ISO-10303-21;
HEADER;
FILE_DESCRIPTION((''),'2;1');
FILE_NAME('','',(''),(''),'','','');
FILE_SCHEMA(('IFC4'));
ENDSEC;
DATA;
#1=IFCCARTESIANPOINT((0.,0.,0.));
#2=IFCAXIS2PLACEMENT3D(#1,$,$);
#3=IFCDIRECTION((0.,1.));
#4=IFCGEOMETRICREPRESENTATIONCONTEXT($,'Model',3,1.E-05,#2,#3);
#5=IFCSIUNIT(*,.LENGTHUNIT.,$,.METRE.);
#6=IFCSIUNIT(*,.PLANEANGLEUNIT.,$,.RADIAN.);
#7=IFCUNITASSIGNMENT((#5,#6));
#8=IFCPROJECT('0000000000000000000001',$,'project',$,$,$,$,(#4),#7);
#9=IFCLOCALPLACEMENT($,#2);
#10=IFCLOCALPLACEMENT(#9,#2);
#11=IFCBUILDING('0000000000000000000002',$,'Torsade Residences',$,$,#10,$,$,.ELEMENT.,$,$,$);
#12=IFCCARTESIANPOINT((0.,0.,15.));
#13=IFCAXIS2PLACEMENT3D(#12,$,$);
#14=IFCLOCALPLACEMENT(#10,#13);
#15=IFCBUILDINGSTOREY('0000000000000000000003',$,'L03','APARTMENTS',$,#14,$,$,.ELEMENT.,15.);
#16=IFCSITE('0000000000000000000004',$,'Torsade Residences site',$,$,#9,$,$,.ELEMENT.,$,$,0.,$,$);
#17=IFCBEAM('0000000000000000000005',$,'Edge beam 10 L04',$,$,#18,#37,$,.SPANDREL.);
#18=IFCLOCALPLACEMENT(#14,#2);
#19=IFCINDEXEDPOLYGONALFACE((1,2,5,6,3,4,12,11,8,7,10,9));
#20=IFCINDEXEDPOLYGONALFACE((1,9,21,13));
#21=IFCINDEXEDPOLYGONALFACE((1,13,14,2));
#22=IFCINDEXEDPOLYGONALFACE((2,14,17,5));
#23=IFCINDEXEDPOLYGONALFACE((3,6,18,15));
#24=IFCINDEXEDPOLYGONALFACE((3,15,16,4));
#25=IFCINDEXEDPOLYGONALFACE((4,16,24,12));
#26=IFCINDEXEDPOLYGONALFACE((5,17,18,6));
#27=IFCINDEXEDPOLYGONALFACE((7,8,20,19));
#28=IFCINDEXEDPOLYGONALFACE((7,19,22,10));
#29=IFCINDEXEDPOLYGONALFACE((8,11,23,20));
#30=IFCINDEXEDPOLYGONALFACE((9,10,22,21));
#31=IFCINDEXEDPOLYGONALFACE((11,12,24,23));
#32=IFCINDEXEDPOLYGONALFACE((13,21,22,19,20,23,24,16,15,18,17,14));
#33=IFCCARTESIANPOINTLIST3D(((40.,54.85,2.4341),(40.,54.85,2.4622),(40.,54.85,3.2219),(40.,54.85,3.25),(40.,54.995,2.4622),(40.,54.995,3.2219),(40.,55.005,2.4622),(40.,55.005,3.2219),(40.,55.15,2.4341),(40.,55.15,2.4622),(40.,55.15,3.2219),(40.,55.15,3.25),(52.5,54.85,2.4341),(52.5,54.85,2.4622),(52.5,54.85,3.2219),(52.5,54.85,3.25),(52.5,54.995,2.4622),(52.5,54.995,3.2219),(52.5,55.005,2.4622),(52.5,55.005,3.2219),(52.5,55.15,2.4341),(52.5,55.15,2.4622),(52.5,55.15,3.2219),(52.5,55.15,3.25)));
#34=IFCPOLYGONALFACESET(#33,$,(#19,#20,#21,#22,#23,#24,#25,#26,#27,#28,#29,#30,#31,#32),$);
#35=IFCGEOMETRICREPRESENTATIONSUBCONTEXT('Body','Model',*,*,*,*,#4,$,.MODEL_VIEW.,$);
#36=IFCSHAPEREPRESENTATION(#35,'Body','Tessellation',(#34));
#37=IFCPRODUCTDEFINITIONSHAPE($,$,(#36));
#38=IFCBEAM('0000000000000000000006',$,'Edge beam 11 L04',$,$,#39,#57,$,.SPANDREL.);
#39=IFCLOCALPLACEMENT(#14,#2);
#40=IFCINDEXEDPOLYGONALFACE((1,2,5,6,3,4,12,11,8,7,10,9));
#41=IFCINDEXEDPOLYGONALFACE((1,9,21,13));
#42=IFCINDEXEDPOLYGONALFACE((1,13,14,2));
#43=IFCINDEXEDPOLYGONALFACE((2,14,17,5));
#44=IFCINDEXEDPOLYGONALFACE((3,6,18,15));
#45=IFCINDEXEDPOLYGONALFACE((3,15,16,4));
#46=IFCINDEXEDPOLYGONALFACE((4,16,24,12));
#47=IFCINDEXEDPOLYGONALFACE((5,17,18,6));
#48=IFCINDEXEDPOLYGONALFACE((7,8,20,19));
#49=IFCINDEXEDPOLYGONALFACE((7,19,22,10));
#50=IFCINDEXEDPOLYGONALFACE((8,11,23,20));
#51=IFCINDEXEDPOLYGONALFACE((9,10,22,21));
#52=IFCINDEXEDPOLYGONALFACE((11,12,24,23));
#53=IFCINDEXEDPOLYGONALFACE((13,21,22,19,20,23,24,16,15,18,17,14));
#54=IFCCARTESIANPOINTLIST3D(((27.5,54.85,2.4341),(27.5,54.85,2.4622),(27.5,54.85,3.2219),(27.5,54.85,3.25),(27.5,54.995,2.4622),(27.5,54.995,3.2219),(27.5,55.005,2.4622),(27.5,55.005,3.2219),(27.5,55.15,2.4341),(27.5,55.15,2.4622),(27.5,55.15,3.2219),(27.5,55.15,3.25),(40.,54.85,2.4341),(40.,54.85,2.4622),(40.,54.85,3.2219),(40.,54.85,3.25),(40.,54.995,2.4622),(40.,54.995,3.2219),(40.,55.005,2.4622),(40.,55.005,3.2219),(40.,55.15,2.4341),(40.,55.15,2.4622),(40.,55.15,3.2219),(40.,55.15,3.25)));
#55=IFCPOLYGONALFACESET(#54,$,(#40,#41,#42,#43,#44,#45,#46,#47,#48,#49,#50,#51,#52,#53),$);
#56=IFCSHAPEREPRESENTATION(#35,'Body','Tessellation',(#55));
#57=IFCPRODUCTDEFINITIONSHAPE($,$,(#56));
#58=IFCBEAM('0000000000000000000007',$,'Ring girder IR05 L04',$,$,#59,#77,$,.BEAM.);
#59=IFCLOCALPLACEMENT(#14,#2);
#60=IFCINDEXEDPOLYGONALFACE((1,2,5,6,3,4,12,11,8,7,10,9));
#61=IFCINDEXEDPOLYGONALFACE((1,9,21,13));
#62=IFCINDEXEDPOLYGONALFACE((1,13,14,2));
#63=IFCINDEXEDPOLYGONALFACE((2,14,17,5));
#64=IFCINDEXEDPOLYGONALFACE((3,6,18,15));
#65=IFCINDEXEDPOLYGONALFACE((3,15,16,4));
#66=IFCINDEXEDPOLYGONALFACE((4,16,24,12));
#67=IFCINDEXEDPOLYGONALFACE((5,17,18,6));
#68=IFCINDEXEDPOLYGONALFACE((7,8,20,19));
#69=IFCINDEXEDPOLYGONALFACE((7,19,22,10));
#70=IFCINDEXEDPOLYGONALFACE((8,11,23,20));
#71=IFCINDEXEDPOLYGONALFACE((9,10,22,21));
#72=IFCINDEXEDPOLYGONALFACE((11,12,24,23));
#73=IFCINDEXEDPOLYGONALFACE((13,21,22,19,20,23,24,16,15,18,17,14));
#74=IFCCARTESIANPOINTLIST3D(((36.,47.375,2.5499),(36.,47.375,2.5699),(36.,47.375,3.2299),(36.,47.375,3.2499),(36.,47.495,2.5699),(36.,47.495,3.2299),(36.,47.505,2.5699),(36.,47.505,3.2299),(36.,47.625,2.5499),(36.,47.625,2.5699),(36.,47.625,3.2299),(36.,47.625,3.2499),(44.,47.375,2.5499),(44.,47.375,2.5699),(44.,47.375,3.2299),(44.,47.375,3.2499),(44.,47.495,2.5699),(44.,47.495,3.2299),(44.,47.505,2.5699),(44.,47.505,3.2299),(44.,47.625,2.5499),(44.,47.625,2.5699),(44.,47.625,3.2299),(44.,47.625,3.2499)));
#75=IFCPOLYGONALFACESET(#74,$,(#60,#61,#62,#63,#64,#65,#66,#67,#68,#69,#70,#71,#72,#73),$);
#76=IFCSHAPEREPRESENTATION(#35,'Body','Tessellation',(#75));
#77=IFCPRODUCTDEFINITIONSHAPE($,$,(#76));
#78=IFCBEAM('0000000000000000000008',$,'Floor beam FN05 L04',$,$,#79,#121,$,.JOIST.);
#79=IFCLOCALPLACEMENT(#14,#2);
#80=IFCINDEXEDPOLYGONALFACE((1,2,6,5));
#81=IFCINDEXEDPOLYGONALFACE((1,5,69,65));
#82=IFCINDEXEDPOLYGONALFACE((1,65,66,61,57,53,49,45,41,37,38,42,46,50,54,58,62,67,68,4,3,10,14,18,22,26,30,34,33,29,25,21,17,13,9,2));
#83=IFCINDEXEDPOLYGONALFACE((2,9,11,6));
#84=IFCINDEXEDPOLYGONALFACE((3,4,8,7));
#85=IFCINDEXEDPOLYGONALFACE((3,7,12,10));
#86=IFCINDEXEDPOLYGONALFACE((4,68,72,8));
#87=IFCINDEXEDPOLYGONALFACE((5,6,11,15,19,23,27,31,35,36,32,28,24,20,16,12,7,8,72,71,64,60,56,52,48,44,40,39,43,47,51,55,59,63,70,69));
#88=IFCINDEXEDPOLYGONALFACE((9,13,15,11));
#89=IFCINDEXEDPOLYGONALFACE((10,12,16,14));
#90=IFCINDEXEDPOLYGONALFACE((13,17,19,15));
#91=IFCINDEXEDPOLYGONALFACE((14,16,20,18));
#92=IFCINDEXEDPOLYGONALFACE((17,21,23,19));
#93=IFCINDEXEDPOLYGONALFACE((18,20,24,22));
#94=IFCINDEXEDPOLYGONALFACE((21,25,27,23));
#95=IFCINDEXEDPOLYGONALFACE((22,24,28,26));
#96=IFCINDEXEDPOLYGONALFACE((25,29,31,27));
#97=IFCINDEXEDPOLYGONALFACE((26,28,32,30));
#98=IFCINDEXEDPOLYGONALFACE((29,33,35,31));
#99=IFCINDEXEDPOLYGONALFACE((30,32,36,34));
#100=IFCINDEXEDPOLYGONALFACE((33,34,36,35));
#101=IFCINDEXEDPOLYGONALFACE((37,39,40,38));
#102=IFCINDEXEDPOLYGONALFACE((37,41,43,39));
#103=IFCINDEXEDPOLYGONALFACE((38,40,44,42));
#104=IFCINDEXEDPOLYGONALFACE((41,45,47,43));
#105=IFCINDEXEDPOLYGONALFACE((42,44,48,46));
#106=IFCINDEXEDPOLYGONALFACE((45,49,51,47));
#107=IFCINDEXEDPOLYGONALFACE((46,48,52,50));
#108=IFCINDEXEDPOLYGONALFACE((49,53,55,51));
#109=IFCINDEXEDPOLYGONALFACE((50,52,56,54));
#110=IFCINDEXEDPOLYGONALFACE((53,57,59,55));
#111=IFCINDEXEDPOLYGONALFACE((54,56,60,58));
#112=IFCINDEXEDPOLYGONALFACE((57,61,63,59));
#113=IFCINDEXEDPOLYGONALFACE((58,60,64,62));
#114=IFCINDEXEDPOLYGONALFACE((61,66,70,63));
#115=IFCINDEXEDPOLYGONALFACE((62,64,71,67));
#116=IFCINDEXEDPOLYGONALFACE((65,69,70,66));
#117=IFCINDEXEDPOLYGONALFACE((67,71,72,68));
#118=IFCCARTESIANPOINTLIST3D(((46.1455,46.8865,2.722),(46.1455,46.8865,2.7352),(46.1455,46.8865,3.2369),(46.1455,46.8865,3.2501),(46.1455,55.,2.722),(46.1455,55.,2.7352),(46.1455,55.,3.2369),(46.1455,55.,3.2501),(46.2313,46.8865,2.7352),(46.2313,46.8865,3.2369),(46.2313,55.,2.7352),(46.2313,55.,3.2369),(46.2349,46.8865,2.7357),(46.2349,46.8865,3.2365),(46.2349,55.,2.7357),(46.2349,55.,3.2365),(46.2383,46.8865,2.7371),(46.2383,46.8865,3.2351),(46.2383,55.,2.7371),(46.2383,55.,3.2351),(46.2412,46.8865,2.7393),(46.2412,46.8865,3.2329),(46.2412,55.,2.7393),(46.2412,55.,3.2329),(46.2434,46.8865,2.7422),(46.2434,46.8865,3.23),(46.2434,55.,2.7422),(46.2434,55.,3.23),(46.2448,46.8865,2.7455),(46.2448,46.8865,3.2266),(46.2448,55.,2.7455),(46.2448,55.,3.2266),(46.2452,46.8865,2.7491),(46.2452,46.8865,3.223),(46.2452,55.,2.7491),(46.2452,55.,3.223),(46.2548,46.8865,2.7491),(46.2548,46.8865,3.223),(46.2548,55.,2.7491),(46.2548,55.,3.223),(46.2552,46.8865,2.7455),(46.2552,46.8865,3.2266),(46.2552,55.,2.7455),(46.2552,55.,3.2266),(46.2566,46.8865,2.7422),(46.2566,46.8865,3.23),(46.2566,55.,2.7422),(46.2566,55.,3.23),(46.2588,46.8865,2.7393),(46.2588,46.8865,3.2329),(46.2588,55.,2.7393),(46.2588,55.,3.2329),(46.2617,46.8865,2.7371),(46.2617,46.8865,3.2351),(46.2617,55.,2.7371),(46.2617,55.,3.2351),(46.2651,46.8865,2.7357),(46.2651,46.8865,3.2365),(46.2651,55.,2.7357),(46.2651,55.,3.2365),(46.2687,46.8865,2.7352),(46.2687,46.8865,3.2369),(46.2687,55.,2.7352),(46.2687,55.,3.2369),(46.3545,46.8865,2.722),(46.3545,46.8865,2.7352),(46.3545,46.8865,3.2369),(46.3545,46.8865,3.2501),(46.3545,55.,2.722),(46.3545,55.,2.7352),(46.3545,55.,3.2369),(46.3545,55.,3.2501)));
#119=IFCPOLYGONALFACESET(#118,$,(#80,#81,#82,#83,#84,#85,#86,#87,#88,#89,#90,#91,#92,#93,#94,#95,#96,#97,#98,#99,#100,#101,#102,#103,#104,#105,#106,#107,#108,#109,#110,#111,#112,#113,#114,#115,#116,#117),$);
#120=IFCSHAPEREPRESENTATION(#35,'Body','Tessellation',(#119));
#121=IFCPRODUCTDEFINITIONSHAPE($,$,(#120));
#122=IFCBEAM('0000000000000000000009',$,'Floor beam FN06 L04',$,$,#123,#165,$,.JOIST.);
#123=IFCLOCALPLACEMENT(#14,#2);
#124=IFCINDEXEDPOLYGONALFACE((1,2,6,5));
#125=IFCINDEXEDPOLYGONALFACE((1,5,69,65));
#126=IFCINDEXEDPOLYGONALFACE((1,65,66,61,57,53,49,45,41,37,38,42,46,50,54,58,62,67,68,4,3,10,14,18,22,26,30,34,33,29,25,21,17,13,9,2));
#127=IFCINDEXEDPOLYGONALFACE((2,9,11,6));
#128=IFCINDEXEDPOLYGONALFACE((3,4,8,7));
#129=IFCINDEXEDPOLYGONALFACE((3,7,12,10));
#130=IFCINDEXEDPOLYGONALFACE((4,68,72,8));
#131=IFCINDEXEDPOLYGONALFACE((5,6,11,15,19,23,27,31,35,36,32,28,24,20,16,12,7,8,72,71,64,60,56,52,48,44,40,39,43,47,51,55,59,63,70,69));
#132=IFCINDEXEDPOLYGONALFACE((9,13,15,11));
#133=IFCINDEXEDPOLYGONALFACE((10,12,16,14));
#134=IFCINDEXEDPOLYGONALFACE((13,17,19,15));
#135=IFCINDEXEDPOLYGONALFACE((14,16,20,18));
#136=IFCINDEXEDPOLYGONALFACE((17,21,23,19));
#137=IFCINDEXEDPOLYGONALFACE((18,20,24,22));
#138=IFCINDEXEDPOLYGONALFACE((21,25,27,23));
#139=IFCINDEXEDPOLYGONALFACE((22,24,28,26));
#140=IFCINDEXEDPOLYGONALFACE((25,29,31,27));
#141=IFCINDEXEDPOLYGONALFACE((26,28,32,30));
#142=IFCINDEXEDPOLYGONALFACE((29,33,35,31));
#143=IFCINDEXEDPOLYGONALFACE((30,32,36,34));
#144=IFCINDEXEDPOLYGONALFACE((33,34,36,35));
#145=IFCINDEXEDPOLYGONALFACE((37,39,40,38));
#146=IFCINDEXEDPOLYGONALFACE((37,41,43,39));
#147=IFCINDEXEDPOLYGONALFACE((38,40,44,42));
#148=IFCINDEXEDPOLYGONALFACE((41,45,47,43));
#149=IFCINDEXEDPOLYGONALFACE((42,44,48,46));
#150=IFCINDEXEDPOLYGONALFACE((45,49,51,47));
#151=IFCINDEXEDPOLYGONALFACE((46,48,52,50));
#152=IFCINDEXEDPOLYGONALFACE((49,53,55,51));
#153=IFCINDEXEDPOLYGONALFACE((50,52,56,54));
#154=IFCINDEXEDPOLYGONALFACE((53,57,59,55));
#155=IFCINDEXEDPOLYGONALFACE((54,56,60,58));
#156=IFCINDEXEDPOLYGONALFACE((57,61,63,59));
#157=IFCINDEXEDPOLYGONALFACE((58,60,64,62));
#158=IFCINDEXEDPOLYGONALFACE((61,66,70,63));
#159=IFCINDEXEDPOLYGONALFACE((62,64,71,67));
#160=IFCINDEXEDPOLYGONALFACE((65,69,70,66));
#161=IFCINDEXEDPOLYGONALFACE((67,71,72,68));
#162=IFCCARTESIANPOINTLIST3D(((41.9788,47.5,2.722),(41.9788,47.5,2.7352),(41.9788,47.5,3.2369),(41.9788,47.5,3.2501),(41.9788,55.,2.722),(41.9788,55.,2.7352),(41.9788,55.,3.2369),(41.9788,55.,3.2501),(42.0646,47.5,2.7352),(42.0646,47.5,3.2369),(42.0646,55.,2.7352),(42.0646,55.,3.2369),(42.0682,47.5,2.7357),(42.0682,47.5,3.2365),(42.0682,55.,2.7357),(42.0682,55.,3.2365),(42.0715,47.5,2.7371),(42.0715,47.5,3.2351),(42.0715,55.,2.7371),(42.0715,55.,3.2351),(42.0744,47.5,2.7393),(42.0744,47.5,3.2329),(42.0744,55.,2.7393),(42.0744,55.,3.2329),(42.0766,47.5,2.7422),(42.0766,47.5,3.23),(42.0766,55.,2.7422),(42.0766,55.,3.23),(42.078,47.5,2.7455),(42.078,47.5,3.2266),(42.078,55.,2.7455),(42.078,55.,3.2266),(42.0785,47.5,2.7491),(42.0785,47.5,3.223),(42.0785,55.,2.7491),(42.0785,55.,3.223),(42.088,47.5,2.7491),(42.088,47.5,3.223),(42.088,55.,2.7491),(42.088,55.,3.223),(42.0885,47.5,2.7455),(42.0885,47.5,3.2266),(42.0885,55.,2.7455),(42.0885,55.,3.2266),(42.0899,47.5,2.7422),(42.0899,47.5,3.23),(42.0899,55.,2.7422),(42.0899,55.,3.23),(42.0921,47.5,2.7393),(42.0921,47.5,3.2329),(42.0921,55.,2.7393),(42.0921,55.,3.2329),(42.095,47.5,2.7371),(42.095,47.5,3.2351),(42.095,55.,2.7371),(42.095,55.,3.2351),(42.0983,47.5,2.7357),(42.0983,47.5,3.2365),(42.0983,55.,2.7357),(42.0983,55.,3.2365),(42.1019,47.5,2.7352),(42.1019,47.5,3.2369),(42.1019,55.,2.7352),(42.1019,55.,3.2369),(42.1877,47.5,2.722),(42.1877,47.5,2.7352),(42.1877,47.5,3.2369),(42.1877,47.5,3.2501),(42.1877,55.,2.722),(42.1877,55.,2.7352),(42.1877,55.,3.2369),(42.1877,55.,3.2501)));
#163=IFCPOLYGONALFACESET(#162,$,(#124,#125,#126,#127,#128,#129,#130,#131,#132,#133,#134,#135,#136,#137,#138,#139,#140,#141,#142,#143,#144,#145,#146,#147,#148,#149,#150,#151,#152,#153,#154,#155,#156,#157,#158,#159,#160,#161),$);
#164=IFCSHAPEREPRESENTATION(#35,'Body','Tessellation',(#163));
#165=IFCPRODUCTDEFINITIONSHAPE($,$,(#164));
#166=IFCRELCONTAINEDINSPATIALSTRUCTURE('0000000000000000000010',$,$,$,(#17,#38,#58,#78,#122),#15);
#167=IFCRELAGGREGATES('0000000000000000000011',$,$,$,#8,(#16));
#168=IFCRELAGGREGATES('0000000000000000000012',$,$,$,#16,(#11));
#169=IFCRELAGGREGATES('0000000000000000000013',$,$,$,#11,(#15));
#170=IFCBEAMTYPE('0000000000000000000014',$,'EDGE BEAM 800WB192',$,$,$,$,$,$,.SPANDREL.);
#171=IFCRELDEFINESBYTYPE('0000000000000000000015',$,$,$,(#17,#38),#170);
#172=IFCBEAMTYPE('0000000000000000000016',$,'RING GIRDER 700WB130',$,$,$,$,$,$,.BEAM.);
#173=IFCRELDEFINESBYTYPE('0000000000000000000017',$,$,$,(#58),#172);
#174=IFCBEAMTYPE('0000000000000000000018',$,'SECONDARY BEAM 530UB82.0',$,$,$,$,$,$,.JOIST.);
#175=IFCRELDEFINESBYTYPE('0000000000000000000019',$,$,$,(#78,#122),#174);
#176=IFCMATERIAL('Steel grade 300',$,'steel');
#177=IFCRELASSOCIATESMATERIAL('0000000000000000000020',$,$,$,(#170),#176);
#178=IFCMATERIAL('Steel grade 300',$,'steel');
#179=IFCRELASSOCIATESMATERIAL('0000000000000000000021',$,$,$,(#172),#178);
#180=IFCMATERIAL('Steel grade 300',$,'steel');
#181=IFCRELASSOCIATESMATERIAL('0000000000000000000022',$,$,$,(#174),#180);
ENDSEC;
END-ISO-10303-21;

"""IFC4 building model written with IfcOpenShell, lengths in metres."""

from ifc_helpers import new_model, si_unit, direction, frame, origin, origin_2d, place, context, subcontext, project, spatial, i_section, extrude, material, material_profile, profile_set, type_object, element, save


model = new_model("IFC4")

# Units and contexts
model_context = context("Model", 3, precision=1e-05, world=origin(), true_north=direction((0.0, 1.0)))
body_context = subcontext(model_context, "Body", "Model", "MODEL_VIEW")
ifc_project = project(units=[si_unit("LENGTHUNIT", "METRE"), si_unit("PLANEANGLEUNIT", "RADIAN")], contexts=[model_context])

# Site, building, storey
site_placement = place(None, origin())
site = spatial("IfcSite", under=ifc_project, at=site_placement, Name="Torsade Residences site", CompositionType="ELEMENT", RefElevation=0.0)
building_placement = place(site_placement, origin())
building = spatial("IfcBuilding", under=site, at=building_placement, Name="Torsade Residences", CompositionType="ELEMENT")
storey_placement = place(building_placement, frame((0.0, 0.0, 15.0)))
storey = spatial("IfcBuildingStorey", under=building, at=storey_placement, Name="L03", Description="APARTMENTS", CompositionType="ELEMENT", Elevation=15.0)

# Beams
ifc_material_1 = material(Name="Steel grade 300", Category="steel")
ifc_material_profile_1 = material_profile(ifc_material_1, i_section(OverallWidth=0.3, OverallDepth=0.8159, WebThickness=0.01, FlangeThickness=0.0281, at=origin_2d()), Name="800WB192")
ifc_profile_set_1 = profile_set([ifc_material_profile_1], Name="Steel grade 300")
beam_type_1 = type_object("IfcBeamType", Name="EDGE BEAM 800WB192", PredefinedType="SPANDREL", material=ifc_profile_set_1)
for number, where, z_axis, x_axis, name in (
    (1, (52.5, 55.0, 2.842), (-1.0, 0.0, 0.0), (0.0, -1.0, 0.0), "Edge beam 10 L04"),
    (2, (40.0, 55.0, 2.842), (-1.0, 0.0, 0.0), (0.0, -1.0, 0.0), "Edge beam 11 L04"),
):
    element("IfcBeam", number, at=place(storey_placement, frame(where, z_axis=z_axis, x_axis=x_axis)), inside=storey, type_object=beam_type_1, Name=name, PredefinedType="SPANDREL", context=body_context, shape_type="SweptSolid", body=[
        extrude(i_section(OverallWidth=0.3, OverallDepth=0.8159, WebThickness=0.01, FlangeThickness=0.0281, at=origin_2d()), origin(), (0.0, 0.0, 1.0), 12.5),
    ])
ifc_material_2 = material(Name="Steel grade 300", Category="steel")
ifc_material_profile_2 = material_profile(ifc_material_2, i_section(OverallWidth=0.25, OverallDepth=0.7, WebThickness=0.01, FlangeThickness=0.02, at=origin_2d()), Name="700WB130")
ifc_profile_set_2 = profile_set([ifc_material_profile_2], Name="Steel grade 300")
beam_type_2 = type_object("IfcBeamType", Name="RING GIRDER 700WB130", PredefinedType="BEAM", material=ifc_profile_set_2)
beam_1_placement = place(storey_placement, frame((44.0, 47.5, 2.8999), z_axis=(-1.0, 0.0, 0.0), x_axis=(0.0, -1.0, 0.0)))
element("IfcBeam", 3, at=beam_1_placement, inside=storey, type_object=beam_type_2, Name="Ring girder IR05 L04", PredefinedType="BEAM", context=body_context, shape_type="SweptSolid", body=[
    extrude(i_section(OverallWidth=0.25, OverallDepth=0.7, WebThickness=0.01, FlangeThickness=0.02, at=origin_2d()), origin(), (0.0, 0.0, 1.0), 8.0),
])
ifc_material_3 = material(Name="Steel grade 300", Category="steel")
ifc_material_profile_3 = material_profile(ifc_material_3, i_section(OverallWidth=0.209, OverallDepth=0.5281, WebThickness=0.0095, FlangeThickness=0.0132, FilletRadius=0.0139, at=origin_2d()), Name="530UB82.0")
ifc_profile_set_3 = profile_set([ifc_material_profile_3], Name="Steel grade 300")
beam_type_3 = type_object("IfcBeamType", Name="SECONDARY BEAM 530UB82.0", PredefinedType="JOIST", material=ifc_profile_set_3)
beam_2_placement = place(storey_placement, frame((46.25, 55.0, 2.9861), z_axis=(0.0, -1.0, 0.0), x_axis=(1.0, 0.0, 0.0)))
element("IfcBeam", 4, at=beam_2_placement, inside=storey, type_object=beam_type_3, Name="Floor beam FN05 L04", PredefinedType="JOIST", context=body_context, shape_type="SweptSolid", body=[
    extrude(i_section(OverallWidth=0.209, OverallDepth=0.5281, WebThickness=0.0095, FlangeThickness=0.0132, FilletRadius=0.0139, at=origin_2d()), origin(), (0.0, 0.0, 1.0), 8.1135),
])
beam_3_placement = place(storey_placement, frame((42.0833, 55.0, 2.9861), z_axis=(0.0, -1.0, 0.0), x_axis=(1.0, 0.0, 0.0)))
element("IfcBeam", 5, at=beam_3_placement, inside=storey, type_object=beam_type_3, Name="Floor beam FN06 L04", PredefinedType="JOIST", context=body_context, shape_type="SweptSolid", body=[
    extrude(i_section(OverallWidth=0.209, OverallDepth=0.5281, WebThickness=0.0095, FlangeThickness=0.0132, FilletRadius=0.0139, at=origin_2d()), origin(), (0.0, 0.0, 1.0), 7.5),
])

save(model, "model.ifc")
